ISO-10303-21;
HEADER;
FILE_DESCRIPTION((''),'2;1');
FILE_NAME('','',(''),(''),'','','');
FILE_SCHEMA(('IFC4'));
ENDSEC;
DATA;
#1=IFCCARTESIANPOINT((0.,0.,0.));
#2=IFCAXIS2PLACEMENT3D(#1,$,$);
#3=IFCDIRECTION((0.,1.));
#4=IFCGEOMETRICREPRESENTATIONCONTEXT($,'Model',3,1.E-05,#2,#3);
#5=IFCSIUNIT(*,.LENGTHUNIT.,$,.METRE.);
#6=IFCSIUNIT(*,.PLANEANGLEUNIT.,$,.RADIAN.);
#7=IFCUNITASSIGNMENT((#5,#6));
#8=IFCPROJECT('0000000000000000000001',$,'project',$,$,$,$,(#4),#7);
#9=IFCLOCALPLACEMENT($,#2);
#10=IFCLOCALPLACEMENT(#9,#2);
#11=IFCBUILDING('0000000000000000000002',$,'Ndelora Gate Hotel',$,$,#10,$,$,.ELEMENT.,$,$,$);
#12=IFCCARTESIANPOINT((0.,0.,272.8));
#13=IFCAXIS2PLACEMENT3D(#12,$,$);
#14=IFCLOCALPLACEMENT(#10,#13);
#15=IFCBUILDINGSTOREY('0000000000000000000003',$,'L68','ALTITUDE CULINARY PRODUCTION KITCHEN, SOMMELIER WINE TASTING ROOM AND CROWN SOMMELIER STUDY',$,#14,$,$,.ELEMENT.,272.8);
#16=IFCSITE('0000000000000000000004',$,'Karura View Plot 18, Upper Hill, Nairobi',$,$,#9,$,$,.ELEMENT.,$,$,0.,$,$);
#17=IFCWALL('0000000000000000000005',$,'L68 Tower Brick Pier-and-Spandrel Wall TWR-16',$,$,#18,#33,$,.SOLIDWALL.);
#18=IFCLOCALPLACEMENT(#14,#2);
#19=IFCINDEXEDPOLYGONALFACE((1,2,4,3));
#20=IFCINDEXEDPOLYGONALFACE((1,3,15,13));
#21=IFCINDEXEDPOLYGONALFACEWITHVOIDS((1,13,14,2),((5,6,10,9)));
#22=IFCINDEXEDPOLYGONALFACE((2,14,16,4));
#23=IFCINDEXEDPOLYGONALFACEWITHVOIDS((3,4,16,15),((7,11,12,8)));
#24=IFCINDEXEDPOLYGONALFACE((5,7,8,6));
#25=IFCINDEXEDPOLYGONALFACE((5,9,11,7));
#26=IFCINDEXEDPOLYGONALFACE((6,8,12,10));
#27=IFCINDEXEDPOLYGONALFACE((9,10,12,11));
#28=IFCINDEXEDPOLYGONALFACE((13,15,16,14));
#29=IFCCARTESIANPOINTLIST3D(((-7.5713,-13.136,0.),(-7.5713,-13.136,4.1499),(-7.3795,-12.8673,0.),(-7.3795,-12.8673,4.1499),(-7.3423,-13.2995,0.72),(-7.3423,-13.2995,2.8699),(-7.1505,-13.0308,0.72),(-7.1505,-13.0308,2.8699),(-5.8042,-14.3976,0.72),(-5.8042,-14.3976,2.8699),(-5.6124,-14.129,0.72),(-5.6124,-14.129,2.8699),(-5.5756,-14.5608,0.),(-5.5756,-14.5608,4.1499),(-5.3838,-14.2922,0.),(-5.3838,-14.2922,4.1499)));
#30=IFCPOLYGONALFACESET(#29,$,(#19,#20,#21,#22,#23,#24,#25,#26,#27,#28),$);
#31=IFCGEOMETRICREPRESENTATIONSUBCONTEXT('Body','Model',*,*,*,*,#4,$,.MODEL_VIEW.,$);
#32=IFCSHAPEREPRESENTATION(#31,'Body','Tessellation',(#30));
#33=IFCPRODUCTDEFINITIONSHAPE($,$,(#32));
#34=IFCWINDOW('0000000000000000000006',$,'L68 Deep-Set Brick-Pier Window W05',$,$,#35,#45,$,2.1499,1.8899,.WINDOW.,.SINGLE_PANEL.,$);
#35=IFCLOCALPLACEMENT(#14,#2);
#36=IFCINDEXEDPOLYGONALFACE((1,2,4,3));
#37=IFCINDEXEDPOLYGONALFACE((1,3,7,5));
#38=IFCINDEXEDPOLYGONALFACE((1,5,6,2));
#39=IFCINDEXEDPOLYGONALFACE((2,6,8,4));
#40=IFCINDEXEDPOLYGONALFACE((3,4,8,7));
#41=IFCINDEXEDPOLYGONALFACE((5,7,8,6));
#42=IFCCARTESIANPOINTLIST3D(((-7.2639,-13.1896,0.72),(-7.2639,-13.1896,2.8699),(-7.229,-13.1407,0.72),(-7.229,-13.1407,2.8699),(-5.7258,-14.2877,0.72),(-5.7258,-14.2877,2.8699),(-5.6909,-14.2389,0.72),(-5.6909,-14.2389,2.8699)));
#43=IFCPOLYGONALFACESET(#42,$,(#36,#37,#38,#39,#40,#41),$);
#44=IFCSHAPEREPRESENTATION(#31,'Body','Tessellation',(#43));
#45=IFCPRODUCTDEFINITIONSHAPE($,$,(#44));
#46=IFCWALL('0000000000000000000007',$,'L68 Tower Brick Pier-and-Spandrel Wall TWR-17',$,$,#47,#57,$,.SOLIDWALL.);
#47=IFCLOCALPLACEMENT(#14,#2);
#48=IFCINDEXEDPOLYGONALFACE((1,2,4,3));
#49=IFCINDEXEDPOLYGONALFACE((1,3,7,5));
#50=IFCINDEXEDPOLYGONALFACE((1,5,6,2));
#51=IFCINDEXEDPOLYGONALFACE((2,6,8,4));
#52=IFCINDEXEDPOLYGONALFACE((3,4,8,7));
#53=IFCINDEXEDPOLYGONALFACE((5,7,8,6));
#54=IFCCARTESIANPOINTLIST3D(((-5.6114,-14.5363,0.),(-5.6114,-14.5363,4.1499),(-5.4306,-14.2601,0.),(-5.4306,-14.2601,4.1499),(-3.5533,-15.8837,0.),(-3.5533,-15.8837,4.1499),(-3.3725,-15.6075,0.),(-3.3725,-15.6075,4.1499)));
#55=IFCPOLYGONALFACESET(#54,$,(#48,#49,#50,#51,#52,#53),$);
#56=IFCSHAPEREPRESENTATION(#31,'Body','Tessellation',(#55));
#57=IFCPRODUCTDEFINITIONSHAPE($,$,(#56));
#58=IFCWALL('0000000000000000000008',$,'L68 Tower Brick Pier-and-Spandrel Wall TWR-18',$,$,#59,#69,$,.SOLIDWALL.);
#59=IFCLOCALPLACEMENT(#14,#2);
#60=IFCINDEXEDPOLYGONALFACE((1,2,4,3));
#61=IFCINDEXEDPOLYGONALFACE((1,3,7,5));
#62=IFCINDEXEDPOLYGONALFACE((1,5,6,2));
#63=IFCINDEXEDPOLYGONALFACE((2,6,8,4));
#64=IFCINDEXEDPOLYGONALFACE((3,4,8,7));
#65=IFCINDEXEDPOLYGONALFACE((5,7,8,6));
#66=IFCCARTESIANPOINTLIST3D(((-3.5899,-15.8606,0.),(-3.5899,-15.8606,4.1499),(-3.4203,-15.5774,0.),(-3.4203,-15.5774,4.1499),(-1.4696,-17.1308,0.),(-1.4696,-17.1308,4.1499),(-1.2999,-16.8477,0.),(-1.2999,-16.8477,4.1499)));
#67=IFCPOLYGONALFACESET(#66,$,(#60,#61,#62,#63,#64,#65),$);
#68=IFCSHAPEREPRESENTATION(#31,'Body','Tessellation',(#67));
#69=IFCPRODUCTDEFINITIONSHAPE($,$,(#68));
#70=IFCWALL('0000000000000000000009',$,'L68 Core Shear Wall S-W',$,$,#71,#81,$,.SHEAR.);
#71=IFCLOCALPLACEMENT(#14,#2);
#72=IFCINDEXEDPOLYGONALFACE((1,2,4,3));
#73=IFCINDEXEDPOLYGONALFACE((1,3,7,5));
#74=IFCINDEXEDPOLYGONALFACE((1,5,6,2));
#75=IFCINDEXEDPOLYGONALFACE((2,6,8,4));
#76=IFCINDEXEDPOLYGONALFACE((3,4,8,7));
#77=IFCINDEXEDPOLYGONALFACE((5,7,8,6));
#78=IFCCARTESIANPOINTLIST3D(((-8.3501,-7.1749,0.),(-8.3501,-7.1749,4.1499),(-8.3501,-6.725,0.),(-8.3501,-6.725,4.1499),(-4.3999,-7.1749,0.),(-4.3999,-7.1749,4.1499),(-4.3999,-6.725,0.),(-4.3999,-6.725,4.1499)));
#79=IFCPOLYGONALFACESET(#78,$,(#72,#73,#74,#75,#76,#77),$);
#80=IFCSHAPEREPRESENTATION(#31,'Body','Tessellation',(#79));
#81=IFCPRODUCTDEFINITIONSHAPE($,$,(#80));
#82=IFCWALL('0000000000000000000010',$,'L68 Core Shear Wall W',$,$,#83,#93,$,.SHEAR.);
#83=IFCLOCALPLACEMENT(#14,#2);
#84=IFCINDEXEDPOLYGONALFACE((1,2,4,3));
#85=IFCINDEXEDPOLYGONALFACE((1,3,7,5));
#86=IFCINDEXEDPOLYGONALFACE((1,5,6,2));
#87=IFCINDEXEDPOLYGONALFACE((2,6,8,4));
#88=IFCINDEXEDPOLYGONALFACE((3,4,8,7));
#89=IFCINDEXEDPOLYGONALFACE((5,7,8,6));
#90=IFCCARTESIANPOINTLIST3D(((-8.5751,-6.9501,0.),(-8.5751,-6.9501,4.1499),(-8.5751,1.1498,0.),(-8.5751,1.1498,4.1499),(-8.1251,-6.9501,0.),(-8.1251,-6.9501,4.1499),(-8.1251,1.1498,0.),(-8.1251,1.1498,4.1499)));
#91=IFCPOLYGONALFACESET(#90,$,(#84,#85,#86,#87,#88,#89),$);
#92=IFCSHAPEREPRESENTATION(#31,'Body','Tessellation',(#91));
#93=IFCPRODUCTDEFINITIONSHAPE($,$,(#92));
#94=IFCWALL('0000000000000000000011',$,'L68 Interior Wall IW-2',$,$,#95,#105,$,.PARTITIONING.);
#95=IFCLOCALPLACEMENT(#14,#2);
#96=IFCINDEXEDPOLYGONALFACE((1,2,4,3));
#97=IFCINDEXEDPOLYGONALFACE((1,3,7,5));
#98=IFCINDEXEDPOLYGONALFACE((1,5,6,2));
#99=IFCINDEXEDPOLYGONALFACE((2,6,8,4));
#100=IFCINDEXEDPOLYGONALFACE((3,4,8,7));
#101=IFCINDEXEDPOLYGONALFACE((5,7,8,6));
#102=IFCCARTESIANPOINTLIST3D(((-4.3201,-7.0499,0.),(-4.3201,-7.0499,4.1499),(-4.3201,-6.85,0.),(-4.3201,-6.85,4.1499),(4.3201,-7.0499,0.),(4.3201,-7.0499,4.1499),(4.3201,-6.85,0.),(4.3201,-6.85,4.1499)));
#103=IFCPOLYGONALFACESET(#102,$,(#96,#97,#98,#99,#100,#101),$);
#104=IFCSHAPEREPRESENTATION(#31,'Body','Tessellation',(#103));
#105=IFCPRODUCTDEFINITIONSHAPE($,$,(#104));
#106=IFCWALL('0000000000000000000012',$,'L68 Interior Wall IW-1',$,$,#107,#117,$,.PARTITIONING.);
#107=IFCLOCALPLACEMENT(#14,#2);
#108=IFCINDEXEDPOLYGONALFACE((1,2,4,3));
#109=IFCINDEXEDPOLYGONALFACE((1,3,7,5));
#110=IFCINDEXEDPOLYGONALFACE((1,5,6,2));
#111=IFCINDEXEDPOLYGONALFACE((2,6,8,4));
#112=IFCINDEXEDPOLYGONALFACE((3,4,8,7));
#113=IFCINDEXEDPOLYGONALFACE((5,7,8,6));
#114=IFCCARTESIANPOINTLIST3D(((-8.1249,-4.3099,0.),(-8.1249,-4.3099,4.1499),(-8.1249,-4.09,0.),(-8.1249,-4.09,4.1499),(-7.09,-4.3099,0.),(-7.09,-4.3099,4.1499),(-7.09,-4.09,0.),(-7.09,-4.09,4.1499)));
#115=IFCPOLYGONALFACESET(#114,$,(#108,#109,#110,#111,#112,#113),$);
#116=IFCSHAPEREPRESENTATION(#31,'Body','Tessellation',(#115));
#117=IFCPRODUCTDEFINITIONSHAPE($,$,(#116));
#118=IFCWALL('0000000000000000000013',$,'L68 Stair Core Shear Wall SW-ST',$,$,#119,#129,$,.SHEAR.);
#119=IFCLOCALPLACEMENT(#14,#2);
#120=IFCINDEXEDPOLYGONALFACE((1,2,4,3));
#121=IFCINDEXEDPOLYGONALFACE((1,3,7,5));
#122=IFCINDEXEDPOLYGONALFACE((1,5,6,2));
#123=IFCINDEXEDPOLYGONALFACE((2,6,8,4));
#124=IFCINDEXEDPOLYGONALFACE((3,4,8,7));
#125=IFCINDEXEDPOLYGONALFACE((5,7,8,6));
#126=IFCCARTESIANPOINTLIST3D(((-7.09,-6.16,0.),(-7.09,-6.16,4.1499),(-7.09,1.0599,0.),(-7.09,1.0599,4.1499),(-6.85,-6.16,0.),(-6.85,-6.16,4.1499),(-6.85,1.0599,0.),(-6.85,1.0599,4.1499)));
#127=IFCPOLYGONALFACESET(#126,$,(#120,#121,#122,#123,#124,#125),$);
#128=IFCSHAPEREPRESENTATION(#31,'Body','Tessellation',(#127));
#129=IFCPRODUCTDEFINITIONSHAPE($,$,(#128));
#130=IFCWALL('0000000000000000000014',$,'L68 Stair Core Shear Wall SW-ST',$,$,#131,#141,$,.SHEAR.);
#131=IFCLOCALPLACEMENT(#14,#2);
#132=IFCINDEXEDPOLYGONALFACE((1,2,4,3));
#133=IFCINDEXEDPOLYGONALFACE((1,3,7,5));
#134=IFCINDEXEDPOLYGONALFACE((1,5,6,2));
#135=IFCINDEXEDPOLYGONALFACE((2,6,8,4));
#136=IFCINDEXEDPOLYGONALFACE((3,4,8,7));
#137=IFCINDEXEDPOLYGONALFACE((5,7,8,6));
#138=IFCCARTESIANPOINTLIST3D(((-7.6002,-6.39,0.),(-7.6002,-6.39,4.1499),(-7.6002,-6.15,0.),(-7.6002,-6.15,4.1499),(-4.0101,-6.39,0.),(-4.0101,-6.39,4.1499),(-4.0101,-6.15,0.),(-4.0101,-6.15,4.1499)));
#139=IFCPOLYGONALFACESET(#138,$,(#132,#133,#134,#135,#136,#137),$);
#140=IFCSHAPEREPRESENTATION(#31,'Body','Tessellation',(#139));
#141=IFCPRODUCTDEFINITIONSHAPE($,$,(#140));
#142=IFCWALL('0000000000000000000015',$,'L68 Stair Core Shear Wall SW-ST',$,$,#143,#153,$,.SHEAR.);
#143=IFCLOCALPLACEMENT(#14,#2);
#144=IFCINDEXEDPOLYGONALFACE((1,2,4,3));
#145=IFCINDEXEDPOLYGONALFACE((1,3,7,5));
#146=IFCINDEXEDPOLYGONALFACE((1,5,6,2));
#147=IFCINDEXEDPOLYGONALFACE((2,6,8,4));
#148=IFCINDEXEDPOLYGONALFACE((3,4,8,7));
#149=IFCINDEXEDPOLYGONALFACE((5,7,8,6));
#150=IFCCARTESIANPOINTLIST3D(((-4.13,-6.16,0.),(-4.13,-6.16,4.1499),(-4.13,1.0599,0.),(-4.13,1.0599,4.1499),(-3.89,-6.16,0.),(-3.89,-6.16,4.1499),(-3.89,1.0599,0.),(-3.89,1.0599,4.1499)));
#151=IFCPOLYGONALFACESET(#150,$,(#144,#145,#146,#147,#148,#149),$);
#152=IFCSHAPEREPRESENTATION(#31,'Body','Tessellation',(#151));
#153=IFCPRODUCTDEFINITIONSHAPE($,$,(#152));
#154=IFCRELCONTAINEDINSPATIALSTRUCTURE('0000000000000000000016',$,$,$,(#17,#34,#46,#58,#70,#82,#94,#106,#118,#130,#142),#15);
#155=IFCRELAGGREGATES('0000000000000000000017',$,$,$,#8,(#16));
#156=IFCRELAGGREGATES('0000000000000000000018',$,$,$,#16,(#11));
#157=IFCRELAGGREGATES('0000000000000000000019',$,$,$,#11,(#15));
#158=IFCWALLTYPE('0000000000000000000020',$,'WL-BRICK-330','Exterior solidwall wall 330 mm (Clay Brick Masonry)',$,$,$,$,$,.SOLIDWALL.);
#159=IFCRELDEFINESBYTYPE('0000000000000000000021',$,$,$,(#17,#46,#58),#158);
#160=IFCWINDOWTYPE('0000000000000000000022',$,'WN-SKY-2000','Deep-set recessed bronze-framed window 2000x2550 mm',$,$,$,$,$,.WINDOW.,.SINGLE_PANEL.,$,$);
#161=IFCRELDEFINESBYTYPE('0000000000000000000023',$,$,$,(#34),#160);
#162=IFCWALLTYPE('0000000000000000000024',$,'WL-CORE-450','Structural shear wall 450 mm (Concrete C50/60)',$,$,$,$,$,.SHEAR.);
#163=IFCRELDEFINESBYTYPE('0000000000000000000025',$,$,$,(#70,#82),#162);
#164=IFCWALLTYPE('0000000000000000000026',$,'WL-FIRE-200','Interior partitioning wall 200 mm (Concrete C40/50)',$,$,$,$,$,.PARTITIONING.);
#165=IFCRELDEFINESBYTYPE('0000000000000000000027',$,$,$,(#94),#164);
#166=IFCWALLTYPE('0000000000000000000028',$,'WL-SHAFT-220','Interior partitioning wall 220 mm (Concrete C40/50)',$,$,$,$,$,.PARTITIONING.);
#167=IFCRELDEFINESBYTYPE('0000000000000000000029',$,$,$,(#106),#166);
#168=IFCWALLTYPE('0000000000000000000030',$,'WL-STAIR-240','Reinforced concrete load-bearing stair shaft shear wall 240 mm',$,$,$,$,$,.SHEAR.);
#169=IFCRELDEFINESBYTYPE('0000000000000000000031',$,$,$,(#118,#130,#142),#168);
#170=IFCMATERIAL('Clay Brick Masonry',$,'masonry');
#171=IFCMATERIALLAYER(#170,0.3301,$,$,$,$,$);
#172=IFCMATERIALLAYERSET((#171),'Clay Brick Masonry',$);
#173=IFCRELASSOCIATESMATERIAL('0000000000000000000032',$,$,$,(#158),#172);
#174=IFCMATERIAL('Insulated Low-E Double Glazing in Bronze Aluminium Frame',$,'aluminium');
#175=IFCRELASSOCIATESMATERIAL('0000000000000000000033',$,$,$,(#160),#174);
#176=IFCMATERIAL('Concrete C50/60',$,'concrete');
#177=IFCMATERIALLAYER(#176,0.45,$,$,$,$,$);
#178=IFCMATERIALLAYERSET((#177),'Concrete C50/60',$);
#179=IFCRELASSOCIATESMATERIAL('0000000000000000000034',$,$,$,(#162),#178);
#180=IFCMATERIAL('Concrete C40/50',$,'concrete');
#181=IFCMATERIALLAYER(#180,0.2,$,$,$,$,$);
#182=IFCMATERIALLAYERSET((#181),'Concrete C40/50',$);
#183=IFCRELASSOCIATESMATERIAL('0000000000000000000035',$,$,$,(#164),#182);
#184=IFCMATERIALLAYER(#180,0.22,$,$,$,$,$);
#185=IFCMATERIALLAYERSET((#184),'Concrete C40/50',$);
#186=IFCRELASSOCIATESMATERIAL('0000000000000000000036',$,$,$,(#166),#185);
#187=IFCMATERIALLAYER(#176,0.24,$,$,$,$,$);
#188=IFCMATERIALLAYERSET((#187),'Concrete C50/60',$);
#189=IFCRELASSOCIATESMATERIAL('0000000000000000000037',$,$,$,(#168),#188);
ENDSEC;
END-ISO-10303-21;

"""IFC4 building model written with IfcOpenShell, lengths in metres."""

from ifc_helpers import new_model, si_unit, direction, frame, frame_2d, origin, place, context, subcontext, project, spatial, rectangle, extrude, material, layer, layer_set, type_object, element, fill, save


model = new_model("IFC4")

# Units and contexts
model_context = context("Model", 3, precision=1e-05, world=origin(), true_north=direction((0.0, 1.0)))
body_context = subcontext(model_context, "Body", "Model", "MODEL_VIEW")
ifc_project = project(units=[si_unit("LENGTHUNIT", "METRE"), si_unit("PLANEANGLEUNIT", "RADIAN")], contexts=[model_context])

# Site, building, storey
site_placement = place(None, origin())
site = spatial("IfcSite", under=ifc_project, at=site_placement, Name="Karura View Plot 18, Upper Hill, Nairobi", CompositionType="ELEMENT", RefElevation=0.0)
building_placement = place(site_placement, origin())
building = spatial("IfcBuilding", under=site, at=building_placement, Name="Ndelora Gate Hotel", CompositionType="ELEMENT")
storey_placement = place(building_placement, frame((0.0, 0.0, 272.8)))
storey = spatial("IfcBuildingStorey", under=building, at=storey_placement, Name="L68", Description="ALTITUDE CULINARY PRODUCTION KITCHEN, SOMMELIER WINE TASTING ROOM AND CROWN SOMMELIER STUDY", CompositionType="ELEMENT", Elevation=272.8)

# Shared definitions
ifc_material_1 = material(Name="Concrete C50/60", Category="concrete")

# Shared definitions
ifc_material_2 = material(Name="Clay Brick Masonry", Category="masonry")
ifc_layer_1 = layer(ifc_material_2, 0.3301)
ifc_layer_set_1 = layer_set([ifc_layer_1], Name="Clay Brick Masonry")
wall_type_1 = type_object("IfcWallType", Name="WL-BRICK-330", Description="Exterior solidwall wall 330 mm (Clay Brick Masonry)", PredefinedType="SOLIDWALL", material=ifc_layer_set_1)

# Wall, opening, window
wall_1_placement = place(storey_placement, frame((-5.4797, -14.4265, 0.0), z_axis=(0.0, 0.0, 1.0), x_axis=(-0.813855, 0.581069, 0.0)))
wall_1 = element("IfcWall", 1, at=wall_1_placement, inside=storey, type_object=wall_type_1, Name="L68 Tower Brick Pier-and-Spandrel Wall TWR-16", PredefinedType="SOLIDWALL", context=body_context, shape_type="SweptSolid", body=[
    extrude(rectangle(XDim=2.4521, YDim=0.3301, at=frame_2d((1.2261, 0.0))), origin(), (0.0, 0.0, 1.0), 4.1499),
])
opening_placement = place(wall_1_placement, frame((0.281, 0.0, 0.72)))
opening = element("IfcOpeningElement", 2, at=opening_placement, cuts=wall_1, PredefinedType="OPENING", context=body_context, shape_type="SweptSolid", body=[
    extrude(rectangle(XDim=1.8899, YDim=2.1499, at=frame_2d((0.9448, 1.075))), frame((0.0, 0.175, 0.0), z_axis=(0.0, -1.0, 0.0), x_axis=(1.0, 0.0, 0.0)), (0.0, 0.0, 1.0), 0.3501),
])
ifc_material_3 = material(Name="Insulated Low-E Double Glazing in Bronze Aluminium Frame", Category="aluminium")
window_type = type_object("IfcWindowType", Name="WN-SKY-2000", Description="Deep-set recessed bronze-framed window 2000x2550 mm", PartitioningType="SINGLE_PANEL", PredefinedType="WINDOW", material=ifc_material_3)
window_placement = place(opening_placement, origin())
window = element("IfcWindow", 3, at=window_placement, inside=storey, type_object=window_type, Name="L68 Deep-Set Brick-Pier Window W05", OverallHeight=2.1499, OverallWidth=1.8899, PartitioningType="SINGLE_PANEL", PredefinedType="WINDOW", context=body_context, shape_type="SweptSolid", body=[
    extrude(rectangle(XDim=1.8899, YDim=2.1499, at=frame_2d((0.9448, 1.075))), frame((0.0, 0.03, 0.0), z_axis=(0.0, -1.0, 0.0), x_axis=(1.0, 0.0, 0.0)), (0.0, 0.0, 1.0), 0.0601),
])
fill(opening, window)

# Walls
wall_2_placement = place(storey_placement, frame((-3.4629, -15.7456, 0.0), z_axis=(0.0, 0.0, 1.0), x_axis=(-0.836648, 0.547741, 0.0)))
element("IfcWall", 4, at=wall_2_placement, inside=storey, type_object=wall_type_1, Name="L68 Tower Brick Pier-and-Spandrel Wall TWR-17", PredefinedType="SOLIDWALL", context=body_context, shape_type="SweptSolid", body=[
    extrude(rectangle(XDim=2.46, YDim=0.3301, at=frame_2d((1.23, 0.0))), origin(), (0.0, 0.0, 1.0), 4.1499),
])
wall_3_placement = place(storey_placement, frame((-1.3848, -16.9893, 0.0), z_axis=(0.0, 0.0, 1.0), x_axis=(-0.857841, 0.513915, 0.0)))
element("IfcWall", 5, at=wall_3_placement, inside=storey, type_object=wall_type_1, Name="L68 Tower Brick Pier-and-Spandrel Wall TWR-18", PredefinedType="SOLIDWALL", context=body_context, shape_type="SweptSolid", body=[
    extrude(rectangle(XDim=2.4717, YDim=0.3301, at=frame_2d((1.2358, 0.0))), origin(), (0.0, 0.0, 1.0), 4.1499),
])
ifc_layer_2 = layer(ifc_material_1, 0.45)
ifc_layer_set_2 = layer_set([ifc_layer_2], Name="Concrete C50/60")
wall_type_2 = type_object("IfcWallType", Name="WL-CORE-450", Description="Structural shear wall 450 mm (Concrete C50/60)", PredefinedType="SHEAR", material=ifc_layer_set_2)
wall_4_placement = place(storey_placement, frame((-8.3501, -6.95, 0.0), z_axis=(0.0, 0.0, 1.0), x_axis=(1.0, 0.0, 0.0)))
element("IfcWall", 6, at=wall_4_placement, inside=storey, type_object=wall_type_2, Name="L68 Core Shear Wall S-W", PredefinedType="SHEAR", context=body_context, shape_type="SweptSolid", body=[
    extrude(rectangle(XDim=3.9502, YDim=0.45, at=frame_2d((1.9751, 0.0))), origin(), (0.0, 0.0, 1.0), 4.1499),
])
wall_5_placement = place(storey_placement, frame((-8.3501, -6.95, 0.0), z_axis=(0.0, 0.0, 1.0), x_axis=(0.0, 1.0, 0.0)))
element("IfcWall", 7, at=wall_5_placement, inside=storey, type_object=wall_type_2, Name="L68 Core Shear Wall W", PredefinedType="SHEAR", context=body_context, shape_type="SweptSolid", body=[
    extrude(rectangle(XDim=8.0999, YDim=0.45, at=frame_2d((4.0498, 0.0))), origin(), (0.0, 0.0, 1.0), 4.1499),
])
ifc_material_4 = material(Name="Concrete C40/50", Category="concrete")
ifc_layer_3 = layer(ifc_material_4, 0.2)
ifc_layer_set_3 = layer_set([ifc_layer_3], Name="Concrete C40/50")
wall_type_3 = type_object("IfcWallType", Name="WL-FIRE-200", Description="Interior partitioning wall 200 mm (Concrete C40/50)", PredefinedType="PARTITIONING", material=ifc_layer_set_3)
wall_6_placement = place(storey_placement, frame((-4.3201, -6.95, 0.0), z_axis=(0.0, 0.0, 1.0), x_axis=(1.0, 0.0, 0.0)))
element("IfcWall", 8, at=wall_6_placement, inside=storey, type_object=wall_type_3, Name="L68 Interior Wall IW-2", PredefinedType="PARTITIONING", context=body_context, shape_type="SweptSolid", body=[
    extrude(rectangle(XDim=8.6401, YDim=0.2, at=frame_2d((4.3201, 0.0))), origin(), (0.0, 0.0, 1.0), 4.1499),
])
ifc_layer_4 = layer(ifc_material_4, 0.22)
ifc_layer_set_4 = layer_set([ifc_layer_4], Name="Concrete C40/50")
wall_type_4 = type_object("IfcWallType", Name="WL-SHAFT-220", Description="Interior partitioning wall 220 mm (Concrete C40/50)", PredefinedType="PARTITIONING", material=ifc_layer_set_4)
wall_7_placement = place(storey_placement, frame((-8.125, -4.2, 0.0), z_axis=(0.0, 0.0, 1.0), x_axis=(1.0, 0.0, 0.0)))
element("IfcWall", 9, at=wall_7_placement, inside=storey, type_object=wall_type_4, Name="L68 Interior Wall IW-1", PredefinedType="PARTITIONING", context=body_context, shape_type="SweptSolid", body=[
    extrude(rectangle(XDim=1.0349, YDim=0.22, at=frame_2d((0.5176, 0.0))), origin(), (0.0, 0.0, 1.0), 4.1499),
])
ifc_layer_5 = layer(ifc_material_1, 0.24)
ifc_layer_set_5 = layer_set([ifc_layer_5], Name="Concrete C50/60")
wall_type_5 = type_object("IfcWallType", Name="WL-STAIR-240", Description="Reinforced concrete load-bearing stair shaft shear wall 240 mm", PredefinedType="SHEAR", material=ifc_layer_set_5)
wall_8_placement = place(storey_placement, frame((-6.97, -6.1599, 0.0), z_axis=(0.0, 0.0, 1.0), x_axis=(0.0, 1.0, 0.0)))
element("IfcWall", 10, at=wall_8_placement, inside=storey, type_object=wall_type_5, Name="L68 Stair Core Shear Wall SW-ST", PredefinedType="SHEAR", context=body_context, shape_type="SweptSolid", body=[
    extrude(rectangle(XDim=7.22, YDim=0.24, at=frame_2d((3.6099, 0.0))), origin(), (0.0, 0.0, 1.0), 4.1499),
])
wall_9_placement = place(storey_placement, frame((-7.6001, -6.27, 0.0), z_axis=(0.0, 0.0, 1.0), x_axis=(1.0, 0.0, 0.0)))
element("IfcWall", 11, at=wall_9_placement, inside=storey, type_object=wall_type_5, Name="L68 Stair Core Shear Wall SW-ST", PredefinedType="SHEAR", context=body_context, shape_type="SweptSolid", body=[
    extrude(rectangle(XDim=3.5901, YDim=0.24, at=frame_2d((1.7949, 0.0))), origin(), (0.0, 0.0, 1.0), 4.1499),
])
wall_10_placement = place(storey_placement, frame((-4.01, -6.1599, 0.0), z_axis=(0.0, 0.0, 1.0), x_axis=(0.0, 1.0, 0.0)))
element("IfcWall", 12, at=wall_10_placement, inside=storey, type_object=wall_type_5, Name="L68 Stair Core Shear Wall SW-ST", PredefinedType="SHEAR", context=body_context, shape_type="SweptSolid", body=[
    extrude(rectangle(XDim=7.22, YDim=0.24, at=frame_2d((3.6099, 0.0))), origin(), (0.0, 0.0, 1.0), 4.1499),
])

save(model, "model.ifc")
